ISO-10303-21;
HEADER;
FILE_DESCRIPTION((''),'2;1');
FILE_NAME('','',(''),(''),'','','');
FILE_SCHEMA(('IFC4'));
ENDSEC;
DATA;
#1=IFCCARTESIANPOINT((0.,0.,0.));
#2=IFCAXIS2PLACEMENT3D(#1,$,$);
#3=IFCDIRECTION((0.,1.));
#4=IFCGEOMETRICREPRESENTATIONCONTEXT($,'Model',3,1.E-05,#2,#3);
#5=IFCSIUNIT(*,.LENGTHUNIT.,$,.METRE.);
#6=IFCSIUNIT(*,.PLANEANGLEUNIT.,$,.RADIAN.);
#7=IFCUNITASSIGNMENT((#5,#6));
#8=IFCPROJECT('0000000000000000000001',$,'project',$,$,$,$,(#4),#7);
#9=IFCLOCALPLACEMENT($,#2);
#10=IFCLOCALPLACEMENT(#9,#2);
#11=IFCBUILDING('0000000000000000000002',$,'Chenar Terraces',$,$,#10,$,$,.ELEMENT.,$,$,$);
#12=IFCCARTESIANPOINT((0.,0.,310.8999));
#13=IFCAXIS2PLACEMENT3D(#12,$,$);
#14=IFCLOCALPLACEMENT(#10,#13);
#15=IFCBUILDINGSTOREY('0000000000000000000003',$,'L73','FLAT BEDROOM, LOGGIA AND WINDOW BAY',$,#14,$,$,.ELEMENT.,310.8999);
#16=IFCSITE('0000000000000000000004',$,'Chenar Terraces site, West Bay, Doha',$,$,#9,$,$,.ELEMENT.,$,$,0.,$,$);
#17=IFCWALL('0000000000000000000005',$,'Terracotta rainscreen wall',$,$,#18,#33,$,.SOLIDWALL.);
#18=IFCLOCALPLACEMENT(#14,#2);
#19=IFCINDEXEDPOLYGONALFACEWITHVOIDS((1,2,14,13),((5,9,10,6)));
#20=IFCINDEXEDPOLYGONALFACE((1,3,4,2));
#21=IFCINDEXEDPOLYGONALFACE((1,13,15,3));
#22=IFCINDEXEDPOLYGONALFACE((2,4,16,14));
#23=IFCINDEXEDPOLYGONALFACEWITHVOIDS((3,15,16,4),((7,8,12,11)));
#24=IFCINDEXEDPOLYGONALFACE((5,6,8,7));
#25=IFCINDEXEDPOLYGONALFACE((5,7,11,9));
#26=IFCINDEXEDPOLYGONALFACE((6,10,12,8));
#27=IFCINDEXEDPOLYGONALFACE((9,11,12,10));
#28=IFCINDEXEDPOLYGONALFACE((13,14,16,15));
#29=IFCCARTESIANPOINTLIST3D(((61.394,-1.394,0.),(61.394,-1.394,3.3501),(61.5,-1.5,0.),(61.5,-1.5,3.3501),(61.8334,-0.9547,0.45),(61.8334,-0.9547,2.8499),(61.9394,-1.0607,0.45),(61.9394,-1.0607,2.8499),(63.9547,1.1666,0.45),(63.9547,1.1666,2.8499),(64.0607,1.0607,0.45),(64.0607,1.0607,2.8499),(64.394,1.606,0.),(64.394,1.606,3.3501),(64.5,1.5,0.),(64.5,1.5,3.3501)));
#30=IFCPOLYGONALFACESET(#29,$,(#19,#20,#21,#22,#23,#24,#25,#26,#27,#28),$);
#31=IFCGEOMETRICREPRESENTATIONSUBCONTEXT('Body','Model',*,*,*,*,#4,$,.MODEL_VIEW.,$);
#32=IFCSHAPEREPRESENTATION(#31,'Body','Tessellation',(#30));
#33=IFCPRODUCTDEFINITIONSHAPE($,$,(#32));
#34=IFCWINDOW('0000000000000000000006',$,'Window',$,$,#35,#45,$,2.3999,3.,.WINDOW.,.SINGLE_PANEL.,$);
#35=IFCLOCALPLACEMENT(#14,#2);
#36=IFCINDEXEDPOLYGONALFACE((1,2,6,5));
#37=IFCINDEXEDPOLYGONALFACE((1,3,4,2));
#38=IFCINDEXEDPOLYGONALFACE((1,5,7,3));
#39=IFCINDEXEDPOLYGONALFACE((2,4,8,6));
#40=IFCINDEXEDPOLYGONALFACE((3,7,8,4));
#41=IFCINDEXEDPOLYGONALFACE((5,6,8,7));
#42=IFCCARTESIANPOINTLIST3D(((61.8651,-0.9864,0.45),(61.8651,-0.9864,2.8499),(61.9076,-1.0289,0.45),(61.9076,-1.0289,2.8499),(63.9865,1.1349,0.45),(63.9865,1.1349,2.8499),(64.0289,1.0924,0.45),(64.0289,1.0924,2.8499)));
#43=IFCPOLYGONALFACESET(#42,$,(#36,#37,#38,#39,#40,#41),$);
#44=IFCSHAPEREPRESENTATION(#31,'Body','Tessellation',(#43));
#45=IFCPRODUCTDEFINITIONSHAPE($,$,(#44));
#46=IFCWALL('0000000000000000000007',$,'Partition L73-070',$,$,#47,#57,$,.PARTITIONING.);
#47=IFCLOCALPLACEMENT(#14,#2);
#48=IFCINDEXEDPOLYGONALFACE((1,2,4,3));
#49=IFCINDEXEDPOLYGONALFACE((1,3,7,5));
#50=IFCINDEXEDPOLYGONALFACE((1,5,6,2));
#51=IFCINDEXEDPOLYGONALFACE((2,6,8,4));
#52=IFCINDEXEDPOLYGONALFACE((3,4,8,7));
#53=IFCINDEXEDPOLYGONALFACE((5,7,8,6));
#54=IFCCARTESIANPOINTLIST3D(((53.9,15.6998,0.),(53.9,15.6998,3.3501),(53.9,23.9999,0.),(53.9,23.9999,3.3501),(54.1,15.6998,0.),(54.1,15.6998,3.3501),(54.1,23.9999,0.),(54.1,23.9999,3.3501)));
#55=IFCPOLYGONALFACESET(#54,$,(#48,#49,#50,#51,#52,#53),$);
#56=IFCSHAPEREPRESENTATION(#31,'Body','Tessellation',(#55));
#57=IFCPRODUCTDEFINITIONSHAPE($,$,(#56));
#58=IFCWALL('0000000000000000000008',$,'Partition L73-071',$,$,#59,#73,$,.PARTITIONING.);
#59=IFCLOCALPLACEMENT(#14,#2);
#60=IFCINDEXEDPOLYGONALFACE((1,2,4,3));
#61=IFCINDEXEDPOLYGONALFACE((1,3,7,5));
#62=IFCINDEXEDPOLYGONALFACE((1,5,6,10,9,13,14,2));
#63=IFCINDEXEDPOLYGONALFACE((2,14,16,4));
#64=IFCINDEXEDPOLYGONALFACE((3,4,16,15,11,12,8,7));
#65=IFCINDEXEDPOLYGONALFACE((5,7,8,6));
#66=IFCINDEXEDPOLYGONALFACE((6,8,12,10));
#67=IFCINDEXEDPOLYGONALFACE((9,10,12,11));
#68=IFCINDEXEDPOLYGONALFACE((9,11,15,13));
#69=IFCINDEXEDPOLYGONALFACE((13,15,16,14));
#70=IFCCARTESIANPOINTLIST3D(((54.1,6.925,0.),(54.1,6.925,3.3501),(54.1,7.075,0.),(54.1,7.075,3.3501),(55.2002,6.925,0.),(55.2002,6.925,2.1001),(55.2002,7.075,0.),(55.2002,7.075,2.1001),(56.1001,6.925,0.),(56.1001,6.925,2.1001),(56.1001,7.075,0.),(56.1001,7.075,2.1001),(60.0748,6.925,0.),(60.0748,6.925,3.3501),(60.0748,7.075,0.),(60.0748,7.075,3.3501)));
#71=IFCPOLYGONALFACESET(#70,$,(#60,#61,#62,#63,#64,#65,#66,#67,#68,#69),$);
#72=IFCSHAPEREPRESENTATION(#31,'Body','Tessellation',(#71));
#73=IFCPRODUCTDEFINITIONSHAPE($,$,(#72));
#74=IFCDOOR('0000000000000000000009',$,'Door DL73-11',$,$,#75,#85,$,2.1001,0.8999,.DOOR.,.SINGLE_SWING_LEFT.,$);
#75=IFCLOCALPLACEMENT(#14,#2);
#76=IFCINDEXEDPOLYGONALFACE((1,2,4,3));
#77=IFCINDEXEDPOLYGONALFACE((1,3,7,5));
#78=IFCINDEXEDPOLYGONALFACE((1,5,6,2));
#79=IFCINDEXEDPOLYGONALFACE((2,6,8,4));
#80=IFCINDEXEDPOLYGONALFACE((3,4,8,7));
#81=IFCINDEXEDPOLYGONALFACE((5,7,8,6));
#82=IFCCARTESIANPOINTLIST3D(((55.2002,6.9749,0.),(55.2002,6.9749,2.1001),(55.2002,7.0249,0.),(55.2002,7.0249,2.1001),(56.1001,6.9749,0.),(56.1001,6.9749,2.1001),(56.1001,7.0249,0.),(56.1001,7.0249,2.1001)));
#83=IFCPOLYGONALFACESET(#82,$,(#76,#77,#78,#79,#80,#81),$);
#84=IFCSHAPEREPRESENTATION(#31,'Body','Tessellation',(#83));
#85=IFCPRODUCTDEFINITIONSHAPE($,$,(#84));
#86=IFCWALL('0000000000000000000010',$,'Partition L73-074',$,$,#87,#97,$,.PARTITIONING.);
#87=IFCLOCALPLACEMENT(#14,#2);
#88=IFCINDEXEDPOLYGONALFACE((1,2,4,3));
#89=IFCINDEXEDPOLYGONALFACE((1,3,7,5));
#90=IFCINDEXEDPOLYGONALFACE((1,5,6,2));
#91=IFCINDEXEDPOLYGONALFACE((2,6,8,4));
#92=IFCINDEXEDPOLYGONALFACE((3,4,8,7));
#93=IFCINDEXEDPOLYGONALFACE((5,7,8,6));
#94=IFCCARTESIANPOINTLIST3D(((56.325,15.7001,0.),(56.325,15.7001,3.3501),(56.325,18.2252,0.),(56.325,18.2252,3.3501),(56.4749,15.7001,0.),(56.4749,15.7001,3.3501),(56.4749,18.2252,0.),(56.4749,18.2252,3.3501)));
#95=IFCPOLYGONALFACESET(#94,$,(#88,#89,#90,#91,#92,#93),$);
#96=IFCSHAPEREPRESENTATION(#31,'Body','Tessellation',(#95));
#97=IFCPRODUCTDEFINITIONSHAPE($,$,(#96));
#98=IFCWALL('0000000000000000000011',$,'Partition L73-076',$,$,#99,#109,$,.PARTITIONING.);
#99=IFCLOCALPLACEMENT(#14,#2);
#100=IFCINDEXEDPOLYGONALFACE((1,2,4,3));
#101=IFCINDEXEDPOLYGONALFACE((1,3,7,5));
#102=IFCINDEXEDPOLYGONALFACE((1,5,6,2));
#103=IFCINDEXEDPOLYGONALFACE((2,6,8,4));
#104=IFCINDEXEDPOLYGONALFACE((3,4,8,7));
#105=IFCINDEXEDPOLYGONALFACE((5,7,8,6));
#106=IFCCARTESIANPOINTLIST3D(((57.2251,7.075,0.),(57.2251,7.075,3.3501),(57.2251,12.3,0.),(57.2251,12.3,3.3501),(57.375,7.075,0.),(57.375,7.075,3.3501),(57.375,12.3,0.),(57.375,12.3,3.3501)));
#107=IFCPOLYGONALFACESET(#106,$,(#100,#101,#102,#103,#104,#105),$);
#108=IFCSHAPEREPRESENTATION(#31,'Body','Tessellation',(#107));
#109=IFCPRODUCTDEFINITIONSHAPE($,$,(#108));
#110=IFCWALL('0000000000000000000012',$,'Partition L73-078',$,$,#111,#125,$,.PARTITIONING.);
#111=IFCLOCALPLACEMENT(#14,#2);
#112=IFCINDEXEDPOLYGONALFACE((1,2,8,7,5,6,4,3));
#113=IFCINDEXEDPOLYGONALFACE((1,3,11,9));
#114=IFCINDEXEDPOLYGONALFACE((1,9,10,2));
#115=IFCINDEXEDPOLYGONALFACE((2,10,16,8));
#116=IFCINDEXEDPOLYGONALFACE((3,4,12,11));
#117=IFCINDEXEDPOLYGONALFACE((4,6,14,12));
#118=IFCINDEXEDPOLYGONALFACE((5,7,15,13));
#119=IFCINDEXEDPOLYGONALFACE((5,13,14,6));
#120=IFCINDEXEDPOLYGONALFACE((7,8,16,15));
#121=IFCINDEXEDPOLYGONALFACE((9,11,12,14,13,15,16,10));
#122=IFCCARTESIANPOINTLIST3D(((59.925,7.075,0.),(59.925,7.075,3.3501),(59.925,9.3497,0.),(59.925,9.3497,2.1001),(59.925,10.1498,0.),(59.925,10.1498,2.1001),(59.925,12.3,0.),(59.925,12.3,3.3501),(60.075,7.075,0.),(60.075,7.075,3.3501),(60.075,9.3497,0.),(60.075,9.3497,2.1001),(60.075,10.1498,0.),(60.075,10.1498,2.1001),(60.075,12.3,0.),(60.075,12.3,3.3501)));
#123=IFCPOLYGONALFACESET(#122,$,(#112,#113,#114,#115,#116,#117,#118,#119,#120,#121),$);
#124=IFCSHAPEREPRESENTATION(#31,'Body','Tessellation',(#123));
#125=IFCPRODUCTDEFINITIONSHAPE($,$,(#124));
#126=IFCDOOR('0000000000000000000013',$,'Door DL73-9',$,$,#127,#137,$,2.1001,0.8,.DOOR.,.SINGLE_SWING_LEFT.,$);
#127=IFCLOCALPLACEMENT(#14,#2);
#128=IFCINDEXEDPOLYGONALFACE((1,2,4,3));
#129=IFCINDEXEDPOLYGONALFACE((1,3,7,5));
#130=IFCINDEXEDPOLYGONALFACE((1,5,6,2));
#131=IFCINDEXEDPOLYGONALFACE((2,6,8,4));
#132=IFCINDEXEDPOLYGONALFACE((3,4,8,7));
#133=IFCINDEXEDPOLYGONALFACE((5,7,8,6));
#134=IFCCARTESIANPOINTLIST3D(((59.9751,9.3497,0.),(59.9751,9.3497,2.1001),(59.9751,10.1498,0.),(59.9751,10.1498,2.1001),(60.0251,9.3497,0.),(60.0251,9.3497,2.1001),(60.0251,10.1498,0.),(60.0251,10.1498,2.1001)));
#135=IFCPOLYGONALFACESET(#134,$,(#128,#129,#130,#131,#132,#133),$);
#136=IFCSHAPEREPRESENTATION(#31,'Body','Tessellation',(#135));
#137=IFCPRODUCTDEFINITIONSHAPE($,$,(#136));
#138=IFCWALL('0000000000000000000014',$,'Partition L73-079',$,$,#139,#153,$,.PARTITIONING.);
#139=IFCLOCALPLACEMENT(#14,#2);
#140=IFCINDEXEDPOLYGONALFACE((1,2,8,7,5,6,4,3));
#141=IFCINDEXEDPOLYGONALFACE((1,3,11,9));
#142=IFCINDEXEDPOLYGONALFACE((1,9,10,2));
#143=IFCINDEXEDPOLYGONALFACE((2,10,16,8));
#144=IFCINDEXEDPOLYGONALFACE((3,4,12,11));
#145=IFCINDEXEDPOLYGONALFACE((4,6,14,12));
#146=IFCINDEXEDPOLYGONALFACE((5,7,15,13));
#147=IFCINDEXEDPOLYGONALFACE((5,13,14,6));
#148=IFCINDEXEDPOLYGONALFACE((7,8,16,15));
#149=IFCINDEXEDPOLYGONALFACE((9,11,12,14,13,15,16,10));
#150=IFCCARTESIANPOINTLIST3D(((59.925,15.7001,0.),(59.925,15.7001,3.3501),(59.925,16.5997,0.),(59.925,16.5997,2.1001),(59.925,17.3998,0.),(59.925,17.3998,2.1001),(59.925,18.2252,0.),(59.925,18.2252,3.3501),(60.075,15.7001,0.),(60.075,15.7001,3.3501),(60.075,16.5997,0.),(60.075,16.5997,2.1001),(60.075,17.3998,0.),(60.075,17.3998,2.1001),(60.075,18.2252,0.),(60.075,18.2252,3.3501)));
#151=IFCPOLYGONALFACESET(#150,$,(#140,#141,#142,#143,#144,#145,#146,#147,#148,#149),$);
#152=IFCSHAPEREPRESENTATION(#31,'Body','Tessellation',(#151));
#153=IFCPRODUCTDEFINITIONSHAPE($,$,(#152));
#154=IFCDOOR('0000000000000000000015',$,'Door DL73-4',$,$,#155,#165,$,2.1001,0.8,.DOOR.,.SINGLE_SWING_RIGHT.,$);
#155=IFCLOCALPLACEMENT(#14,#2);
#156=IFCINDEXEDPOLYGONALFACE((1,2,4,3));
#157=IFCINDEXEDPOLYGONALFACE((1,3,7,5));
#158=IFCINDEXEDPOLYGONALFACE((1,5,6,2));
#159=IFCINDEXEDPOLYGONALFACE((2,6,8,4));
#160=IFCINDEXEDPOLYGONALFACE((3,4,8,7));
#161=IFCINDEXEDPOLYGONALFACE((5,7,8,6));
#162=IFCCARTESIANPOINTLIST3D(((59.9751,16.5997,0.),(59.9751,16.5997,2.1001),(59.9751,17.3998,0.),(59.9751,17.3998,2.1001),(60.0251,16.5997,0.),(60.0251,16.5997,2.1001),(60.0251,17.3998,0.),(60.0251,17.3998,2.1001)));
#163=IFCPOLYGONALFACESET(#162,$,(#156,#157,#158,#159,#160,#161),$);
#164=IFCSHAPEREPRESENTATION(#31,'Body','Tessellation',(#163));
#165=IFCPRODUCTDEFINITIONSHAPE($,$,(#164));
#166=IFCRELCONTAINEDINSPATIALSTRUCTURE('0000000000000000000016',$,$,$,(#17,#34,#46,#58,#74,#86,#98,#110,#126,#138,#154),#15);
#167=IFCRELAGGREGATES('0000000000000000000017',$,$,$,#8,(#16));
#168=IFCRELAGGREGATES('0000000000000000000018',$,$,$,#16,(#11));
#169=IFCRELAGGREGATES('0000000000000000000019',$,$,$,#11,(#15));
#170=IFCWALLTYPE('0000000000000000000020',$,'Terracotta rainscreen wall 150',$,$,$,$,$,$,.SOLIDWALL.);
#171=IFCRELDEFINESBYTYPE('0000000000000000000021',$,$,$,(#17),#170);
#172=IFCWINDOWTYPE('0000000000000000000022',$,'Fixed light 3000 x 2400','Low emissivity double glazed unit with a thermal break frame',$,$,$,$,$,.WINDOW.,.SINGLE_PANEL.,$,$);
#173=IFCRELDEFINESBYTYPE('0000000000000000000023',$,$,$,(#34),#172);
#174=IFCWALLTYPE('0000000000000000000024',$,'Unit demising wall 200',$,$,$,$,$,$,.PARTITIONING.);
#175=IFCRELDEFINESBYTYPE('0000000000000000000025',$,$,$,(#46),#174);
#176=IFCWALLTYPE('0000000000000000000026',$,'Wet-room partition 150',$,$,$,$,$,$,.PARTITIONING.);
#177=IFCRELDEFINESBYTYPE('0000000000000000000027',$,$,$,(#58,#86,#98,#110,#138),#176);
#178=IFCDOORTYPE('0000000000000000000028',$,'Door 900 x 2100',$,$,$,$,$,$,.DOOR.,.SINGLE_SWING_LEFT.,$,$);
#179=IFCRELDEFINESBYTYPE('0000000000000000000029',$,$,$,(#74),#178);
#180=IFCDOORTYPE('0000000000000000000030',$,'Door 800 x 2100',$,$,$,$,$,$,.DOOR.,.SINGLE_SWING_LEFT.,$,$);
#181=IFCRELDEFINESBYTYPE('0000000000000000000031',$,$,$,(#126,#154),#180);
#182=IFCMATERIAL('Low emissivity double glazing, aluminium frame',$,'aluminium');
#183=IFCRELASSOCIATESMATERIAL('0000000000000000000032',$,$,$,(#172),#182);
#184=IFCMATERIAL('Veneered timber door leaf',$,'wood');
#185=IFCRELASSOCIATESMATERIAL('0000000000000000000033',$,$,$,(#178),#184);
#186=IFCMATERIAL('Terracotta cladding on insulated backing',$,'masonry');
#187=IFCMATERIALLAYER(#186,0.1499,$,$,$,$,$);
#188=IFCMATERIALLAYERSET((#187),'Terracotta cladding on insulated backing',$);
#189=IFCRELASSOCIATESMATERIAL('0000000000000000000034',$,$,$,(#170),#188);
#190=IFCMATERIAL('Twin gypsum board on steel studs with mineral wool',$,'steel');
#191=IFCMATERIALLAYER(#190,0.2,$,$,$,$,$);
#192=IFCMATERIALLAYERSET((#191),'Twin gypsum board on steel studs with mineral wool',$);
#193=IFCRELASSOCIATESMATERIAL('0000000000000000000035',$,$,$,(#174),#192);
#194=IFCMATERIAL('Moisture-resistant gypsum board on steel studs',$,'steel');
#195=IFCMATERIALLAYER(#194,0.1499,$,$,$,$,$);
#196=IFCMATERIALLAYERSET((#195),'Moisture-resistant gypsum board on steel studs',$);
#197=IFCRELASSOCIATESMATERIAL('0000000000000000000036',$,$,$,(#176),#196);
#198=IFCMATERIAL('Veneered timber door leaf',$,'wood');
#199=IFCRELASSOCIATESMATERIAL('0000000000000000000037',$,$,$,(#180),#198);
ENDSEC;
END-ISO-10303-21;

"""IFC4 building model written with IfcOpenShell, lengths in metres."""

from ifc_helpers import new_model, si_unit, direction, frame, frame_2d, origin, place, context, subcontext, project, spatial, rectangle, extrude, material, layer, layer_set, type_object, element, fill, save


model = new_model("IFC4")

# Units and contexts
model_context = context("Model", 3, precision=1e-05, world=origin(), true_north=direction((0.0, 1.0)))
body_context = subcontext(model_context, "Body", "Model", "MODEL_VIEW")
ifc_project = project(units=[si_unit("LENGTHUNIT", "METRE"), si_unit("PLANEANGLEUNIT", "RADIAN")], contexts=[model_context])

# Site, building, storey
site_placement = place(None, origin())
site = spatial("IfcSite", under=ifc_project, at=site_placement, Name="Chenar Terraces site, West Bay, Doha", CompositionType="ELEMENT", RefElevation=0.0)
building_placement = place(site_placement, origin())
building = spatial("IfcBuilding", under=site, at=building_placement, Name="Chenar Terraces", CompositionType="ELEMENT")
storey_placement = place(building_placement, frame((0.0, 0.0, 310.8999)))
storey = spatial("IfcBuildingStorey", under=building, at=storey_placement, Name="L73", Description="FLAT BEDROOM, LOGGIA AND WINDOW BAY", CompositionType="ELEMENT", Elevation=310.8999)

# Shared definitions
ifc_material_1 = material(Name="Low emissivity double glazing, aluminium frame", Category="aluminium")
window_type = type_object("IfcWindowType", Name="Fixed light 3000 x 2400", Description="Low emissivity double glazed unit with a thermal break frame", PartitioningType="SINGLE_PANEL", PredefinedType="WINDOW", material=ifc_material_1)

# Shared definitions
ifc_material_2 = material(Name="Veneered timber door leaf", Category="wood")
door_type_1 = type_object("IfcDoorType", Name="Door 900 x 2100", OperationType="SINGLE_SWING_LEFT", PredefinedType="DOOR", material=ifc_material_2)

# Wall, opening, window
ifc_material_3 = material(Name="Terracotta cladding on insulated backing", Category="masonry")
ifc_layer_1 = layer(ifc_material_3, 0.1499)
ifc_layer_set_1 = layer_set([ifc_layer_1], Name="Terracotta cladding on insulated backing")
wall_type_1 = type_object("IfcWallType", Name="Terracotta rainscreen wall 150", PredefinedType="SOLIDWALL", material=ifc_layer_set_1)
wall_1_placement = place(storey_placement, frame((61.447, -1.447, 0.0), z_axis=(0.0, 0.0, 1.0), x_axis=(0.707107, 0.707107, 0.0)))
wall_1 = element("IfcWall", 1, at=wall_1_placement, inside=storey, type_object=wall_type_1, Name="Terracotta rainscreen wall", PredefinedType="SOLIDWALL", context=body_context, shape_type="SweptSolid", body=[
    extrude(rectangle(XDim=4.2427, YDim=0.1499, at=frame_2d((2.1213, 0.0))), origin(), (0.0, 0.0, 1.0), 3.3501),
])
opening_1_placement = place(wall_1_placement, frame((0.6213, 0.0, 0.45)))
opening_1 = element("IfcOpeningElement", 2, at=opening_1_placement, cuts=wall_1, PredefinedType="OPENING", context=body_context, shape_type="SweptSolid", body=[
    extrude(rectangle(XDim=3.0, YDim=2.3999, at=frame_2d((1.5, 1.2))), frame((0.0, 0.085, 0.0), z_axis=(0.0, -1.0, 0.0), x_axis=(1.0, 0.0, 0.0)), (0.0, 0.0, 1.0), 0.1699),
])
window_1_placement = place(opening_1_placement, origin())
window_1 = element("IfcWindow", 3, at=window_1_placement, inside=storey, type_object=window_type, Name="Window", OverallHeight=2.3999, OverallWidth=3.0, PartitioningType="SINGLE_PANEL", PredefinedType="WINDOW", context=body_context, shape_type="SweptSolid", body=[
    extrude(rectangle(XDim=3.0, YDim=2.3999, at=frame_2d((1.5, 1.2))), frame((0.0, 0.03, 0.0), z_axis=(0.0, -1.0, 0.0), x_axis=(1.0, 0.0, 0.0)), (0.0, 0.0, 1.0), 0.0601),
])
fill(opening_1, window_1)

# Wall
ifc_material_4 = material(Name="Twin gypsum board on steel studs with mineral wool", Category="steel")
ifc_layer_2 = layer(ifc_material_4, 0.2)
ifc_layer_set_2 = layer_set([ifc_layer_2], Name="Twin gypsum board on steel studs with mineral wool")
wall_type_2 = type_object("IfcWallType", Name="Unit demising wall 200", PredefinedType="PARTITIONING", material=ifc_layer_set_2)
wall_2_placement = place(storey_placement, frame((54.0, 15.7, 0.0), z_axis=(0.0, 0.0, 1.0), x_axis=(0.0, 1.0, 0.0)))
element("IfcWall", 4, at=wall_2_placement, inside=storey, type_object=wall_type_2, Name="Partition L73-070", PredefinedType="PARTITIONING", context=body_context, shape_type="SweptSolid", body=[
    extrude(rectangle(XDim=8.3, YDim=0.2, at=frame_2d((4.1499, 0.0))), origin(), (0.0, 0.0, 1.0), 3.3501),
])

# Wall, opening, door
ifc_material_5 = material(Name="Moisture-resistant gypsum board on steel studs", Category="steel")
ifc_layer_3 = layer(ifc_material_5, 0.1499)
ifc_layer_set_3 = layer_set([ifc_layer_3], Name="Moisture-resistant gypsum board on steel studs")
wall_type_3 = type_object("IfcWallType", Name="Wet-room partition 150", PredefinedType="PARTITIONING", material=ifc_layer_set_3)
wall_3_placement = place(storey_placement, frame((54.1001, 7.0, 0.0), z_axis=(0.0, 0.0, 1.0), x_axis=(1.0, 0.0, 0.0)))
wall_3 = element("IfcWall", 5, at=wall_3_placement, inside=storey, type_object=wall_type_3, Name="Partition L73-071", PredefinedType="PARTITIONING", context=body_context, shape_type="SweptSolid", body=[
    extrude(rectangle(XDim=5.9749, YDim=0.1499, at=frame_2d((2.9873, 0.0))), origin(), (0.0, 0.0, 1.0), 3.3501),
])
opening_2_placement = place(wall_3_placement, frame((1.1001, 0.0, 0.0)))
opening_2 = element("IfcOpeningElement", 6, at=opening_2_placement, cuts=wall_3, PredefinedType="OPENING", context=body_context, shape_type="SweptSolid", body=[
    extrude(rectangle(XDim=0.8999, YDim=2.1001, at=frame_2d((0.45, 1.05))), frame((0.0, 0.085, 0.0), z_axis=(0.0, -1.0, 0.0), x_axis=(1.0, 0.0, 0.0)), (0.0, 0.0, 1.0), 0.1699),
])
door_1_placement = place(opening_2_placement, origin())
door_1 = element("IfcDoor", 7, at=door_1_placement, inside=storey, type_object=door_type_1, Name="Door DL73-11", OperationType="SINGLE_SWING_LEFT", OverallHeight=2.1001, OverallWidth=0.8999, PredefinedType="DOOR", context=body_context, shape_type="SweptSolid", body=[
    extrude(rectangle(XDim=0.8999, YDim=2.1001, at=frame_2d((0.45, 1.05))), frame((0.0, 0.0249, 0.0), z_axis=(0.0, -1.0, 0.0), x_axis=(1.0, 0.0, 0.0)), (0.0, 0.0, 1.0), 0.05),
])
fill(opening_2, door_1)

# Walls
wall_4_placement = place(storey_placement, frame((56.3999, 15.7, 0.0), z_axis=(0.0, 0.0, 1.0), x_axis=(0.0, 1.0, 0.0)))
element("IfcWall", 8, at=wall_4_placement, inside=storey, type_object=wall_type_3, Name="Partition L73-074", PredefinedType="PARTITIONING", context=body_context, shape_type="SweptSolid", body=[
    extrude(rectangle(XDim=2.5251, YDim=0.1499, at=frame_2d((1.2627, 0.0))), origin(), (0.0, 0.0, 1.0), 3.3501),
])
wall_5_placement = place(storey_placement, frame((57.3, 7.075, 0.0), z_axis=(0.0, 0.0, 1.0), x_axis=(0.0, 1.0, 0.0)))
element("IfcWall", 9, at=wall_5_placement, inside=storey, type_object=wall_type_3, Name="Partition L73-076", PredefinedType="PARTITIONING", context=body_context, shape_type="SweptSolid", body=[
    extrude(rectangle(XDim=5.2251, YDim=0.1499, at=frame_2d((2.6125, 0.0))), origin(), (0.0, 0.0, 1.0), 3.3501),
])

# Walls, openings, doors
wall_6_placement = place(storey_placement, frame((60.0, 7.075, 0.0), z_axis=(0.0, 0.0, 1.0), x_axis=(0.0, 1.0, 0.0)))
wall_6 = element("IfcWall", 10, at=wall_6_placement, inside=storey, type_object=wall_type_3, Name="Partition L73-078", PredefinedType="PARTITIONING", context=body_context, shape_type="SweptSolid", body=[
    extrude(rectangle(XDim=5.2251, YDim=0.1499, at=frame_2d((2.6125, 0.0))), origin(), (0.0, 0.0, 1.0), 3.3501),
])
opening_3_placement = place(wall_6_placement, frame((2.2749, 0.0, 0.0)))
opening_3 = element("IfcOpeningElement", 11, at=opening_3_placement, cuts=wall_6, PredefinedType="OPENING", context=body_context, shape_type="SweptSolid", body=[
    extrude(rectangle(XDim=0.8, YDim=2.1001, at=frame_2d((0.3999, 1.05))), frame((0.0, 0.085, 0.0), z_axis=(0.0, -1.0, 0.0), x_axis=(1.0, 0.0, 0.0)), (0.0, 0.0, 1.0), 0.1699),
])
ifc_material_6 = material(Name="Veneered timber door leaf", Category="wood")
door_type_2 = type_object("IfcDoorType", Name="Door 800 x 2100", OperationType="SINGLE_SWING_LEFT", PredefinedType="DOOR", material=ifc_material_6)
door_2_placement = place(opening_3_placement, origin())
door_2 = element("IfcDoor", 12, at=door_2_placement, inside=storey, type_object=door_type_2, Name="Door DL73-9", OperationType="SINGLE_SWING_LEFT", OverallHeight=2.1001, OverallWidth=0.8, PredefinedType="DOOR", context=body_context, shape_type="SweptSolid", body=[
    extrude(rectangle(XDim=0.8, YDim=2.1001, at=frame_2d((0.3999, 1.05))), frame((0.0, 0.0249, 0.0), z_axis=(0.0, -1.0, 0.0), x_axis=(1.0, 0.0, 0.0)), (0.0, 0.0, 1.0), 0.05),
])
fill(opening_3, door_2)
wall_7_placement = place(storey_placement, frame((60.0, 15.7, 0.0), z_axis=(0.0, 0.0, 1.0), x_axis=(0.0, 1.0, 0.0)))
wall_7 = element("IfcWall", 13, at=wall_7_placement, inside=storey, type_object=wall_type_3, Name="Partition L73-079", PredefinedType="PARTITIONING", context=body_context, shape_type="SweptSolid", body=[
    extrude(rectangle(XDim=2.5251, YDim=0.1499, at=frame_2d((1.2627, 0.0))), origin(), (0.0, 0.0, 1.0), 3.3501),
])
opening_4_placement = place(wall_7_placement, frame((0.8999, 0.0, 0.0)))
opening_4 = element("IfcOpeningElement", 14, at=opening_4_placement, cuts=wall_7, PredefinedType="OPENING", context=body_context, shape_type="SweptSolid", body=[
    extrude(rectangle(XDim=0.8, YDim=2.1001, at=frame_2d((0.3999, 1.05))), frame((0.0, 0.085, 0.0), z_axis=(0.0, -1.0, 0.0), x_axis=(1.0, 0.0, 0.0)), (0.0, 0.0, 1.0), 0.1699),
])
door_3_placement = place(opening_4_placement, origin())
door_3 = element("IfcDoor", 15, at=door_3_placement, inside=storey, type_object=door_type_2, Name="Door DL73-4", OperationType="SINGLE_SWING_RIGHT", OverallHeight=2.1001, OverallWidth=0.8, PredefinedType="DOOR", context=body_context, shape_type="SweptSolid", body=[
    extrude(rectangle(XDim=0.8, YDim=2.1001, at=frame_2d((0.3999, 1.05))), frame((0.0, 0.0249, 0.0), z_axis=(0.0, -1.0, 0.0), x_axis=(1.0, 0.0, 0.0)), (0.0, 0.0, 1.0), 0.05),
])
fill(opening_4, door_3)

save(model, "model.ifc")
